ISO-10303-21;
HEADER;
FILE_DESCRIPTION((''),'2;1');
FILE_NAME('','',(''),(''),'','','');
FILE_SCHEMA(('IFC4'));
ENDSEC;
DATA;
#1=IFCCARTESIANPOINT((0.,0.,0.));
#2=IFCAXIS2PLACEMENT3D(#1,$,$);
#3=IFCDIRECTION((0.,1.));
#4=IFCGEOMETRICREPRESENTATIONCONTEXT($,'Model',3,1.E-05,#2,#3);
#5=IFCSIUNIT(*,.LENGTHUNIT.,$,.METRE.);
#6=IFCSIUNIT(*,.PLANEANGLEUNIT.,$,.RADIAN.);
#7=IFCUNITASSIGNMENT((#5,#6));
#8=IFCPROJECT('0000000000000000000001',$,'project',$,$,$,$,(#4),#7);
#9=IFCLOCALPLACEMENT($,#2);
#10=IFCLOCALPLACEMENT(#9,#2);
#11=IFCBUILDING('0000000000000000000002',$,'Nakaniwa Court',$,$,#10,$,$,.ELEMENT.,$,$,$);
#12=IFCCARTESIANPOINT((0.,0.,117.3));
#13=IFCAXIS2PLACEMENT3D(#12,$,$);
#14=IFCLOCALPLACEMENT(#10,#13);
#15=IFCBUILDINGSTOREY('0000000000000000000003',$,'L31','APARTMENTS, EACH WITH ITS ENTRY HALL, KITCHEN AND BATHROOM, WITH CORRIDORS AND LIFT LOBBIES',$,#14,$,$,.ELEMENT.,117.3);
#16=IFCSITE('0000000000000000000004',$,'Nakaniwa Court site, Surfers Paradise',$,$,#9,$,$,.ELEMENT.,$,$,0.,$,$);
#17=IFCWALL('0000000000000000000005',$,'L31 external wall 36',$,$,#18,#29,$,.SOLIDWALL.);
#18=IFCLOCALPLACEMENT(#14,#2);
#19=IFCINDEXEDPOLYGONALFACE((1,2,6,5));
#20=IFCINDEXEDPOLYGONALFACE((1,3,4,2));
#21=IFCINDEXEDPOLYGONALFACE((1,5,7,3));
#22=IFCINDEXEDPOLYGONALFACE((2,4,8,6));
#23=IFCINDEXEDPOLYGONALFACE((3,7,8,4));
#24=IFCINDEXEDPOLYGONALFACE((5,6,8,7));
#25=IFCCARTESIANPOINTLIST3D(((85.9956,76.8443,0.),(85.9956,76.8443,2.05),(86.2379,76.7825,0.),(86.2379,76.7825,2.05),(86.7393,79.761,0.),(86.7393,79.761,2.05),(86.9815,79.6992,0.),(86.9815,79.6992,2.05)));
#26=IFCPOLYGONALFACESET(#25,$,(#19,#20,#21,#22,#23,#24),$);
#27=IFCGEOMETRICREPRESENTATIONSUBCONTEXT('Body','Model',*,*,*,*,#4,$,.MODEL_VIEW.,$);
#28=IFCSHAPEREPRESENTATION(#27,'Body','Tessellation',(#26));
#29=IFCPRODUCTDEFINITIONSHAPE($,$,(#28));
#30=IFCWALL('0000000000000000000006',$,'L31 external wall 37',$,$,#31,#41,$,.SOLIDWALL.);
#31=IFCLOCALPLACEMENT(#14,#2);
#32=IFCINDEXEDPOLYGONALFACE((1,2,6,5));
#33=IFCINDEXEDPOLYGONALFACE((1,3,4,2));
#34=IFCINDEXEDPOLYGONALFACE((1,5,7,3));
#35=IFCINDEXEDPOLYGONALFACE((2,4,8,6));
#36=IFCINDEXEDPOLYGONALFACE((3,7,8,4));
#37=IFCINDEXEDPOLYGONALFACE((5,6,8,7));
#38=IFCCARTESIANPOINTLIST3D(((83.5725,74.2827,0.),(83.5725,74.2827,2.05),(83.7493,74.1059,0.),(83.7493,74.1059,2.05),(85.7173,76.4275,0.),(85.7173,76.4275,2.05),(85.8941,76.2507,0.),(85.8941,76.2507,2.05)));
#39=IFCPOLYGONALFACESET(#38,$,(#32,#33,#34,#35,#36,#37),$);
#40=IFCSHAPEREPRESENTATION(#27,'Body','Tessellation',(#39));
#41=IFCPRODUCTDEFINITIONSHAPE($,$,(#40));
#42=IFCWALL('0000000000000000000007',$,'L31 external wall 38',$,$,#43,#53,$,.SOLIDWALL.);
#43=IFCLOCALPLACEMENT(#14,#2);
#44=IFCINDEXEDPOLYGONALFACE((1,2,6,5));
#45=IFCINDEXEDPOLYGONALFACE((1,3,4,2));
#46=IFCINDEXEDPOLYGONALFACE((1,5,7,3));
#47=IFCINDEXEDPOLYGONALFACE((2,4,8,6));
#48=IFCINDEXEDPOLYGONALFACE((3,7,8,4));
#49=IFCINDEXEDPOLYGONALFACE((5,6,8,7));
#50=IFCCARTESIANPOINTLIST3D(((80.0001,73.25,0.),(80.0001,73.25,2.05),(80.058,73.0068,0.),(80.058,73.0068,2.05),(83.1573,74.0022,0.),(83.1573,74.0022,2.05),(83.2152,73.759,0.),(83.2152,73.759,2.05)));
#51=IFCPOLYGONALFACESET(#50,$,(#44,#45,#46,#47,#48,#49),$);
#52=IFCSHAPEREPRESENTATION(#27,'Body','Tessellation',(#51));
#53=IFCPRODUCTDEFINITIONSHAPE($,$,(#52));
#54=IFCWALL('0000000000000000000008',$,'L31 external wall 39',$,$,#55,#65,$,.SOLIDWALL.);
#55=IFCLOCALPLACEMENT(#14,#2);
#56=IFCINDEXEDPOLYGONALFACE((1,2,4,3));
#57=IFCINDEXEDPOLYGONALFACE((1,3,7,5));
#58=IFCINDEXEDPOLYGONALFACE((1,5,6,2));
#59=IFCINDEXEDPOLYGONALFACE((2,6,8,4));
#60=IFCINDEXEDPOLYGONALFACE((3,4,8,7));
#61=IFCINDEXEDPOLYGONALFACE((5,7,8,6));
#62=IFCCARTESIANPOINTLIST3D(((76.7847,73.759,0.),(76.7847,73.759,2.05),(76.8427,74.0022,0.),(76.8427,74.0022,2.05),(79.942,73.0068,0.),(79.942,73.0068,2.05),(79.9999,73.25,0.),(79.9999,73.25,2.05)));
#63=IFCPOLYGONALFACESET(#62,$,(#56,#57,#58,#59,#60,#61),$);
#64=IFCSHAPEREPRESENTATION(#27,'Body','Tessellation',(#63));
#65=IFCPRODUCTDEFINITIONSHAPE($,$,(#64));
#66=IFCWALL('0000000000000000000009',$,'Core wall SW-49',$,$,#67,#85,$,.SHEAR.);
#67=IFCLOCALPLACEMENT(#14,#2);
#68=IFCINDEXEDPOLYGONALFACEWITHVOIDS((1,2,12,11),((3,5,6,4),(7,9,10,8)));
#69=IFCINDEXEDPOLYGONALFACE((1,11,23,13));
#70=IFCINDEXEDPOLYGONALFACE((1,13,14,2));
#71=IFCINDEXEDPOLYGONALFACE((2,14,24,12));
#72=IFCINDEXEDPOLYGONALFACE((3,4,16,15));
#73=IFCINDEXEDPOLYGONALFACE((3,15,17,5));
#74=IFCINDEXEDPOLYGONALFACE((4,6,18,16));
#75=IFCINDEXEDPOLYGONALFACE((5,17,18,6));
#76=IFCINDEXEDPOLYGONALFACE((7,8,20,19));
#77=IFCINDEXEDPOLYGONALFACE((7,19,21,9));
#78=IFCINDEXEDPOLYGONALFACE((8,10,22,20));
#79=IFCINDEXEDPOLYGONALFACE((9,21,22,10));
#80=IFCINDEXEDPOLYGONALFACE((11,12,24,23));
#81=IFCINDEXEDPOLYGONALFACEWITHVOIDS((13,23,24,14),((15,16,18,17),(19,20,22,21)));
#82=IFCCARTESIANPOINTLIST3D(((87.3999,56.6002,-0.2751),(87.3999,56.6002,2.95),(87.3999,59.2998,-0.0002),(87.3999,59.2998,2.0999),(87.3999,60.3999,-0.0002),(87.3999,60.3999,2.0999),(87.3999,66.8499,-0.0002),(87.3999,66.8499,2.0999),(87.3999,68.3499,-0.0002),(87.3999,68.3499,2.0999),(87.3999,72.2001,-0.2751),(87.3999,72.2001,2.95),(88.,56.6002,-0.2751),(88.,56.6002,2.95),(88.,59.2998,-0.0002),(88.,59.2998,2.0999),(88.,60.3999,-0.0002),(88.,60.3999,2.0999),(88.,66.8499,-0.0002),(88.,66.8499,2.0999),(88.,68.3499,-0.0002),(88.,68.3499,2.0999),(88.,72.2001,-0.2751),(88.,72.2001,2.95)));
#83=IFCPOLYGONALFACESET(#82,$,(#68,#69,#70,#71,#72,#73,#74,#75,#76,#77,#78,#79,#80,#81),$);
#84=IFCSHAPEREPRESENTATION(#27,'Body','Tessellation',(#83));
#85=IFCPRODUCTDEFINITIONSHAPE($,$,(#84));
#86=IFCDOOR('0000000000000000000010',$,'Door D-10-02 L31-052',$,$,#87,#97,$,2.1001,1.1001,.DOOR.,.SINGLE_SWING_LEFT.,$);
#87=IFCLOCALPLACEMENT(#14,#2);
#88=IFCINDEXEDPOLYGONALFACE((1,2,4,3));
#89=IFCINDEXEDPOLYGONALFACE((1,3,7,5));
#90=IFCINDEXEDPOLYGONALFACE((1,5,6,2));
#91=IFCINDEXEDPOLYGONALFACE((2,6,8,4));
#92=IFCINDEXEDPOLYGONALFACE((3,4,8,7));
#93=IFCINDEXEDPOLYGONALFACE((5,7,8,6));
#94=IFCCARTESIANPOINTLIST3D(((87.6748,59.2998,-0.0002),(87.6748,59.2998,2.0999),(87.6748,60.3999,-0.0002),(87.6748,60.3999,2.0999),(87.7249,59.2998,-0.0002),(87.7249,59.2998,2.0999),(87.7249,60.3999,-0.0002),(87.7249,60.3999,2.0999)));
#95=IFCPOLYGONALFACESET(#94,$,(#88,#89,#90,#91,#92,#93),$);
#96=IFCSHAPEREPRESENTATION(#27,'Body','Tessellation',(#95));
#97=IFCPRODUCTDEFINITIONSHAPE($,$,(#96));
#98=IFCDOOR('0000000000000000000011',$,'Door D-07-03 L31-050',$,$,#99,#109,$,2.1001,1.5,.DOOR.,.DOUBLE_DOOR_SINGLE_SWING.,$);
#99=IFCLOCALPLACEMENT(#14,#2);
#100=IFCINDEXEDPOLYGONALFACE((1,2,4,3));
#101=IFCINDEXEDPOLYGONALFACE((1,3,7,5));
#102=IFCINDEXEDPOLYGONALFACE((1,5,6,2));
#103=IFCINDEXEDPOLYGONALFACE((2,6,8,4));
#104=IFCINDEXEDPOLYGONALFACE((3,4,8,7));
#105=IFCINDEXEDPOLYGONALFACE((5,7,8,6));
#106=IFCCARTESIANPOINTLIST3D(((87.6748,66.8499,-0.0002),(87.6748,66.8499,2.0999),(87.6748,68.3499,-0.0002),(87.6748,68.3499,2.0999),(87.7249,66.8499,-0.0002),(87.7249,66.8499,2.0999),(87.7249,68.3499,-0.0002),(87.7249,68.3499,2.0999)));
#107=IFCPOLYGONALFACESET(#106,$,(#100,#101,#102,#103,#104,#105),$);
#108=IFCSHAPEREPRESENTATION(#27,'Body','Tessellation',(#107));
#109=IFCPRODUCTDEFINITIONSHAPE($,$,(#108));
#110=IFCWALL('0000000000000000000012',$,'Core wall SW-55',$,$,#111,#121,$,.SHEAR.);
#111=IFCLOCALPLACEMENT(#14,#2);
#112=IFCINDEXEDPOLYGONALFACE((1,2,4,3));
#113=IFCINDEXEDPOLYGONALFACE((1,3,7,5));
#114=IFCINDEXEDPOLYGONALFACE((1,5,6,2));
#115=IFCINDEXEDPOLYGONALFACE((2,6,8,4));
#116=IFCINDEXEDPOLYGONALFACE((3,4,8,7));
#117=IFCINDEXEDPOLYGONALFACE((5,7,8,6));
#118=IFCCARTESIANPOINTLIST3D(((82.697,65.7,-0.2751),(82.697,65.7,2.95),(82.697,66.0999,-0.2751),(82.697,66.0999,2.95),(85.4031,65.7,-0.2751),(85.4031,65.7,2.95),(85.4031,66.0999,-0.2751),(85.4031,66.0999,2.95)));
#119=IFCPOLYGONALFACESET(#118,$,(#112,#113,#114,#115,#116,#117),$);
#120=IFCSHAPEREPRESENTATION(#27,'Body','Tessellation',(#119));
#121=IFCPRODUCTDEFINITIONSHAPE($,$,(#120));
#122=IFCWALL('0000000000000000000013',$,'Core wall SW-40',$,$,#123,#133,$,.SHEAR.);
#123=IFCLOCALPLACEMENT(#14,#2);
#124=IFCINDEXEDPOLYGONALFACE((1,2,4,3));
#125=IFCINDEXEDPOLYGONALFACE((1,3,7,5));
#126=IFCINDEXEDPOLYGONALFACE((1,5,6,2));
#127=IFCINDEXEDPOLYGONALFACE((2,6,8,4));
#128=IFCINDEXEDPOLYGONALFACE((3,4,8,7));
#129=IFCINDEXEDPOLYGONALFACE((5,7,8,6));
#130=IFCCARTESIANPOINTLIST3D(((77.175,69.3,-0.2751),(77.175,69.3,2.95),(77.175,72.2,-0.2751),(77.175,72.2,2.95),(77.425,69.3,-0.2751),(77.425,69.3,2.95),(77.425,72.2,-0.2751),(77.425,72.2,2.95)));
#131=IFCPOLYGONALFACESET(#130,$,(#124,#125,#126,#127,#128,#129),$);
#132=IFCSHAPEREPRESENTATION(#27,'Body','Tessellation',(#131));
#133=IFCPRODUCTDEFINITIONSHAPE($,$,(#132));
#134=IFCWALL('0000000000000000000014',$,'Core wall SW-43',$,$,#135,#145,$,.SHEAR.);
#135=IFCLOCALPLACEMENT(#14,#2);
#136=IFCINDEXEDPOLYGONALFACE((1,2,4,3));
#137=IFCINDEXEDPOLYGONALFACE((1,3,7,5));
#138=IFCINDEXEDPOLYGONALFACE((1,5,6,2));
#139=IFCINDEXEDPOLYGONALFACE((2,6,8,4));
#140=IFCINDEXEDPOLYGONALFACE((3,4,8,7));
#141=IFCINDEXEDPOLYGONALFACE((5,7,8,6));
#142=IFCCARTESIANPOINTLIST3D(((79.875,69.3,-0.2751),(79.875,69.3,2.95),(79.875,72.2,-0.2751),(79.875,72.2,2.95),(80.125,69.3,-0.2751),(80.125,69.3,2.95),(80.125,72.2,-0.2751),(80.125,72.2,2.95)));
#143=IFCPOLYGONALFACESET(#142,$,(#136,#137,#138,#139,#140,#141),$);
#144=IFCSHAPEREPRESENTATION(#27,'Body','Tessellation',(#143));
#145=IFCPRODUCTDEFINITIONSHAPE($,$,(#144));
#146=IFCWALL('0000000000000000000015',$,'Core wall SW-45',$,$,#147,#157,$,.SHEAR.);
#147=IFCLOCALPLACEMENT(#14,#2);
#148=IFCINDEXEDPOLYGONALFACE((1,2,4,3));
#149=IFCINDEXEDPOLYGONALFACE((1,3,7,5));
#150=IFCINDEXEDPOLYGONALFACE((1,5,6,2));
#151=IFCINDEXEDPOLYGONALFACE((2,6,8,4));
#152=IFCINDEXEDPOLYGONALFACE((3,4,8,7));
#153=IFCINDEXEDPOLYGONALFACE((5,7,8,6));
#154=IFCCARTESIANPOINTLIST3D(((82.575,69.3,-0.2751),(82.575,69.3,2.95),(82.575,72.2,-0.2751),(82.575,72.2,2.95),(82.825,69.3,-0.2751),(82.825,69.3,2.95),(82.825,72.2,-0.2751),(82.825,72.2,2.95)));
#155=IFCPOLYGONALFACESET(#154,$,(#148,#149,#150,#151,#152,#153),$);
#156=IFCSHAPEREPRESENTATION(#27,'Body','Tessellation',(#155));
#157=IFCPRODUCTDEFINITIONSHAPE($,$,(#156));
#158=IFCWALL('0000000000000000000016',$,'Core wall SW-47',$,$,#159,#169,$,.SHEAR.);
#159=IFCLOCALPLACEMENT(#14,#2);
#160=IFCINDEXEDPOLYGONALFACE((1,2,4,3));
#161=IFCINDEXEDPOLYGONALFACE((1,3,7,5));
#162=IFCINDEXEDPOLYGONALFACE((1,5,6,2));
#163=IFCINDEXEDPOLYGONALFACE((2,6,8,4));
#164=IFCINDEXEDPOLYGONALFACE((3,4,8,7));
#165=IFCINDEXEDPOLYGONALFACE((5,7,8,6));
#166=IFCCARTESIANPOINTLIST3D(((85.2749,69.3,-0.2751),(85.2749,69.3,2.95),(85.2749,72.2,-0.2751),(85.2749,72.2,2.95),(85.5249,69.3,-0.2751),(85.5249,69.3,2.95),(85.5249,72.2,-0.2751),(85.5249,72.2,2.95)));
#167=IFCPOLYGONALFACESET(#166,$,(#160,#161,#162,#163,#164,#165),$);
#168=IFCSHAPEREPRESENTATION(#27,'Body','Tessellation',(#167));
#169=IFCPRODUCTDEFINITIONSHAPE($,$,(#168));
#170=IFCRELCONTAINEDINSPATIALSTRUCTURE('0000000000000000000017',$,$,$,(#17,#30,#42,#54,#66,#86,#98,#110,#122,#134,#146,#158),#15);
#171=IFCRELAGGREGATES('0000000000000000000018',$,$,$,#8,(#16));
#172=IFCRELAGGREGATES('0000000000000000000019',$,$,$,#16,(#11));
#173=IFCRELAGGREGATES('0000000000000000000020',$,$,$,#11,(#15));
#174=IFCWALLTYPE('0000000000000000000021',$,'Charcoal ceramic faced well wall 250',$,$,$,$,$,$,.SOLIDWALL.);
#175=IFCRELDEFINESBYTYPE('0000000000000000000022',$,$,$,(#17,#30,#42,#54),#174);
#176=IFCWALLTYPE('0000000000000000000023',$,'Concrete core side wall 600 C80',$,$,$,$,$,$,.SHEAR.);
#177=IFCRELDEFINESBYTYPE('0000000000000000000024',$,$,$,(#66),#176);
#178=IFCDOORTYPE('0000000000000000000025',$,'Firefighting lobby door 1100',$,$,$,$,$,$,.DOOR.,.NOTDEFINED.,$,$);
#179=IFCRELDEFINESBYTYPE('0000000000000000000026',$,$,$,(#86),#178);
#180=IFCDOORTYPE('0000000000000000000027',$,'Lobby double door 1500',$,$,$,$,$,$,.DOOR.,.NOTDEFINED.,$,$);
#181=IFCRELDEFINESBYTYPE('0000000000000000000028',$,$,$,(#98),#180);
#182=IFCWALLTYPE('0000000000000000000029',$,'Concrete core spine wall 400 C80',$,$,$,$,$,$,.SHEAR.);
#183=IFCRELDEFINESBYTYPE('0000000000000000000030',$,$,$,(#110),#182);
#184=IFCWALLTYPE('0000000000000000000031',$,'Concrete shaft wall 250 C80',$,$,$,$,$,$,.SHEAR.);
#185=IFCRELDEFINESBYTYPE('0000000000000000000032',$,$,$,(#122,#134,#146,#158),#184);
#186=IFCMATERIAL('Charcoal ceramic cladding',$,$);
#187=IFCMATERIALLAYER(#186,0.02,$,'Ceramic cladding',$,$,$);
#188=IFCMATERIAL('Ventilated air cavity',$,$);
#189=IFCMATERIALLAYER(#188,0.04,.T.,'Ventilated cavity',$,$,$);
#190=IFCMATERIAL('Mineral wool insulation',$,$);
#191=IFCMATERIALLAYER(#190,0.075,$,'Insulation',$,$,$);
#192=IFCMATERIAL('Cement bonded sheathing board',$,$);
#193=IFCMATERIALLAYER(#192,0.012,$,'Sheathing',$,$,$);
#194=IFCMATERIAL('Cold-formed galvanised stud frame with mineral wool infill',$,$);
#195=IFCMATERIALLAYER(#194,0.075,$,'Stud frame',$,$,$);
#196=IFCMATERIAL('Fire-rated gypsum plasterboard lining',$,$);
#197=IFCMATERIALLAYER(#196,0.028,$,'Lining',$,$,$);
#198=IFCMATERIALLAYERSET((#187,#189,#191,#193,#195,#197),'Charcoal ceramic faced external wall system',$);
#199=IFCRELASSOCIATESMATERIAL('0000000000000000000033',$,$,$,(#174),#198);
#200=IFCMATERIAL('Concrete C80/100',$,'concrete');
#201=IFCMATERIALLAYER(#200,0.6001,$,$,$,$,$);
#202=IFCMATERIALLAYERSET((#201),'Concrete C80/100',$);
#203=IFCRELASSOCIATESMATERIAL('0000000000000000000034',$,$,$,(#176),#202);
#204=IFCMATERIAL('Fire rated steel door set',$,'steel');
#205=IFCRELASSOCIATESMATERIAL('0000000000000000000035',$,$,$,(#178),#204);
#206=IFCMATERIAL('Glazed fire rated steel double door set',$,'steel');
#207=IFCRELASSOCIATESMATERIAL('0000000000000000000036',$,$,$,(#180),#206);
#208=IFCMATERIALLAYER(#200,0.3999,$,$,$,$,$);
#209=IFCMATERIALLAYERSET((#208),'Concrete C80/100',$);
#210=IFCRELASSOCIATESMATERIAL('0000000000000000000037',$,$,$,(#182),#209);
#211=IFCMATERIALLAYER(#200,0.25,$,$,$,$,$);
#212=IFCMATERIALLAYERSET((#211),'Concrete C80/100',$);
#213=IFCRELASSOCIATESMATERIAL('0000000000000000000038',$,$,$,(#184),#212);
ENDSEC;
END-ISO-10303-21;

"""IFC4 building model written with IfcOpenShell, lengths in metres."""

from ifc_helpers import new_model, si_unit, direction, frame, frame_2d, origin, place, context, subcontext, project, spatial, rectangle, extrude, material, layer, layer_set, type_object, element, fill, save


model = new_model("IFC4")

# Units and contexts
model_context = context("Model", 3, precision=1e-05, world=origin(), true_north=direction((0.0, 1.0)))
body_context = subcontext(model_context, "Body", "Model", "MODEL_VIEW")
ifc_project = project(units=[si_unit("LENGTHUNIT", "METRE"), si_unit("PLANEANGLEUNIT", "RADIAN")], contexts=[model_context])

# Site, building, storey
site_placement = place(None, origin())
site = spatial("IfcSite", under=ifc_project, at=site_placement, Name="Nakaniwa Court site, Surfers Paradise", CompositionType="ELEMENT", RefElevation=0.0)
building_placement = place(site_placement, origin())
building = spatial("IfcBuilding", under=site, at=building_placement, Name="Nakaniwa Court", CompositionType="ELEMENT")
storey_placement = place(building_placement, frame((0.0, 0.0, 117.3)))
storey = spatial("IfcBuildingStorey", under=building, at=storey_placement, Name="L31", Description="APARTMENTS, EACH WITH ITS ENTRY HALL, KITCHEN AND BATHROOM, WITH CORRIDORS AND LIFT LOBBIES", CompositionType="ELEMENT", Elevation=117.3)

# Shared definitions
ifc_material_1 = material(Name="Concrete C80/100", Category="concrete")

# Shared definitions
ifc_material_2 = material(Name="Fire rated steel door set", Category="steel")

# Walls
ifc_material_3 = material(Name="Charcoal ceramic cladding")
ifc_layer_1 = layer(ifc_material_3, 0.02, Name="Ceramic cladding")
ifc_material_4 = material(Name="Ventilated air cavity")
ifc_layer_2 = layer(ifc_material_4, 0.04, ventilated=True, Name="Ventilated cavity")
ifc_material_5 = material(Name="Mineral wool insulation")
ifc_layer_3 = layer(ifc_material_5, 0.075, Name="Insulation")
ifc_material_6 = material(Name="Cement bonded sheathing board")
ifc_layer_4 = layer(ifc_material_6, 0.012, Name="Sheathing")
ifc_material_7 = material(Name="Cold-formed galvanised stud frame with mineral wool infill")
ifc_layer_5 = layer(ifc_material_7, 0.075, Name="Stud frame")
ifc_material_8 = material(Name="Fire-rated gypsum plasterboard lining")
ifc_layer_6 = layer(ifc_material_8, 0.028, Name="Lining")
ifc_layer_set_1 = layer_set([ifc_layer_1, ifc_layer_2, ifc_layer_3, ifc_layer_4, ifc_layer_5, ifc_layer_6], Name="Charcoal ceramic faced external wall system")
wall_type_1 = type_object("IfcWallType", Name="Charcoal ceramic faced well wall 250", PredefinedType="SOLIDWALL", material=ifc_layer_set_1)
wall_1_placement = place(storey_placement, frame((86.8604, 79.73, 0.0), z_axis=(0.0, 0.0, 1.0), x_axis=(-0.247056, -0.969001, 0.0)))
element("IfcWall", 1, at=wall_1_placement, inside=storey, type_object=wall_type_1, Name="L31 external wall 36", PredefinedType="SOLIDWALL", context=body_context, shape_type="SweptSolid", body=[
    extrude(rectangle(XDim=3.01, YDim=0.25, at=frame_2d((1.5049, 0.0))), origin(), (0.0, 0.0, 1.0), 2.05),
])
wall_2_placement = place(storey_placement, frame((85.8057, 76.3391, 0.0), z_axis=(0.0, 0.0, 1.0), x_axis=(-0.707107, -0.707107, 0.0)))
element("IfcWall", 2, at=wall_2_placement, inside=storey, type_object=wall_type_1, Name="L31 external wall 37", PredefinedType="SOLIDWALL", context=body_context, shape_type="SweptSolid", body=[
    extrude(rectangle(XDim=3.0332, YDim=0.25, at=frame_2d((1.5166, 0.0))), origin(), (0.0, 0.0, 1.0), 2.05),
])
for number, where, z_axis, x_axis, name in (
    (3, (83.1863, 73.8806, 0.0), (0.0, 0.0, 1.0), (-0.972773, -0.23176, 0.0), "L31 external wall 38"),
    (4, (79.9709, 73.1284, 0.0), (0.0, 0.0, 1.0), (-0.972773, 0.23176, 0.0), "L31 external wall 39"),
):
    element("IfcWall", number, at=place(storey_placement, frame(where, z_axis=z_axis, x_axis=x_axis)), inside=storey, type_object=wall_type_1, Name=name, PredefinedType="SOLIDWALL", context=body_context, shape_type="SweptSolid", body=[
        extrude(rectangle(XDim=3.2456, YDim=0.25, at=frame_2d((1.6228, 0.0))), origin(), (0.0, 0.0, 1.0), 2.05),
    ])

# Wall, openings, doors
ifc_layer_7 = layer(ifc_material_1, 0.6001)
ifc_layer_set_2 = layer_set([ifc_layer_7], Name="Concrete C80/100")
wall_type_2 = type_object("IfcWallType", Name="Concrete core side wall 600 C80", PredefinedType="SHEAR", material=ifc_layer_set_2)
wall_3_placement = place(storey_placement, frame((87.7, 72.2, -0.2751), z_axis=(0.0, 0.0, 1.0), x_axis=(0.0, -1.0, 0.0)))
wall_3 = element("IfcWall", 5, at=wall_3_placement, inside=storey, type_object=wall_type_2, Name="Core wall SW-49", PredefinedType="SHEAR", context=body_context, shape_type="SweptSolid", body=[
    extrude(rectangle(XDim=15.5999, YDim=0.6001, at=frame_2d((7.7998, 0.0))), origin(), (0.0, 0.0, 1.0), 3.2251),
])
opening_1_placement = place(wall_3_placement, frame((3.8501, 0.0, 0.2749)))
opening_1 = element("IfcOpeningElement", 6, at=opening_1_placement, cuts=wall_3, PredefinedType="OPENING", context=body_context, shape_type="SweptSolid", body=[
    extrude(rectangle(XDim=1.5, YDim=2.1001, at=frame_2d((0.75, 1.05))), frame((0.0, 0.3101, 0.0), z_axis=(0.0, -1.0, 0.0), x_axis=(1.0, 0.0, 0.0)), (0.0, 0.0, 1.0), 0.6201),
])
opening_2_placement = place(wall_3_placement, frame((11.8, 0.0, 0.2749)))
opening_2 = element("IfcOpeningElement", 7, at=opening_2_placement, cuts=wall_3, PredefinedType="OPENING", context=body_context, shape_type="SweptSolid", body=[
    extrude(rectangle(XDim=1.1001, YDim=2.1001, at=frame_2d((0.55, 1.05))), frame((0.0, 0.3101, 0.0), z_axis=(0.0, -1.0, 0.0), x_axis=(1.0, 0.0, 0.0)), (0.0, 0.0, 1.0), 0.6201),
])
door_type_1 = type_object("IfcDoorType", Name="Firefighting lobby door 1100", OperationType="NOTDEFINED", PredefinedType="DOOR", material=ifc_material_2)
door_1_placement = place(opening_2_placement, origin())
door_1 = element("IfcDoor", 8, at=door_1_placement, inside=storey, type_object=door_type_1, Name="Door D-10-02 L31-052", OperationType="SINGLE_SWING_LEFT", OverallHeight=2.1001, OverallWidth=1.1001, PredefinedType="DOOR", context=body_context, shape_type="SweptSolid", body=[
    extrude(rectangle(XDim=1.1001, YDim=2.1001, at=frame_2d((0.55, 1.05))), frame((0.0, 0.0249, 0.0), z_axis=(0.0, -1.0, 0.0), x_axis=(1.0, 0.0, 0.0)), (0.0, 0.0, 1.0), 0.05),
])
fill(opening_2, door_1)
ifc_material_9 = material(Name="Glazed fire rated steel double door set", Category="steel")
door_type_2 = type_object("IfcDoorType", Name="Lobby double door 1500", OperationType="NOTDEFINED", PredefinedType="DOOR", material=ifc_material_9)
door_2_placement = place(opening_1_placement, origin())
door_2 = element("IfcDoor", 9, at=door_2_placement, inside=storey, type_object=door_type_2, Name="Door D-07-03 L31-050", OperationType="DOUBLE_DOOR_SINGLE_SWING", OverallHeight=2.1001, OverallWidth=1.5, PredefinedType="DOOR", context=body_context, shape_type="SweptSolid", body=[
    extrude(rectangle(XDim=1.5, YDim=2.1001, at=frame_2d((0.75, 1.05))), frame((0.0, 0.0249, 0.0), z_axis=(0.0, -1.0, 0.0), x_axis=(1.0, 0.0, 0.0)), (0.0, 0.0, 1.0), 0.05),
])
fill(opening_1, door_2)

# Walls
ifc_layer_8 = layer(ifc_material_1, 0.3999)
ifc_layer_set_3 = layer_set([ifc_layer_8], Name="Concrete C80/100")
wall_type_3 = type_object("IfcWallType", Name="Concrete core spine wall 400 C80", PredefinedType="SHEAR", material=ifc_layer_set_3)
wall_4_placement = place(storey_placement, frame((82.697, 65.8999, -0.2751), z_axis=(0.0, 0.0, 1.0), x_axis=(1.0, 0.0, 0.0)))
element("IfcWall", 10, at=wall_4_placement, inside=storey, type_object=wall_type_3, Name="Core wall SW-55", PredefinedType="SHEAR", context=body_context, shape_type="SweptSolid", body=[
    extrude(rectangle(XDim=2.7061, YDim=0.3999, at=frame_2d((1.353, 0.0))), origin(), (0.0, 0.0, 1.0), 3.2251),
])
ifc_layer_9 = layer(ifc_material_1, 0.25)
ifc_layer_set_4 = layer_set([ifc_layer_9], Name="Concrete C80/100")
wall_type_4 = type_object("IfcWallType", Name="Concrete shaft wall 250 C80", PredefinedType="SHEAR", material=ifc_layer_set_4)
for number, where, z_axis, x_axis, name in (
    (11, (77.3, 69.3, -0.2751), (0.0, 0.0, 1.0), (0.0, 1.0, 0.0), "Core wall SW-40"),
    (12, (80.0, 69.3, -0.2751), (0.0, 0.0, 1.0), (0.0, 1.0, 0.0), "Core wall SW-43"),
    (13, (82.7, 69.3, -0.2751), (0.0, 0.0, 1.0), (0.0, 1.0, 0.0), "Core wall SW-45"),
    (14, (85.3999, 69.3, -0.2751), (0.0, 0.0, 1.0), (0.0, 1.0, 0.0), "Core wall SW-47"),
):
    element("IfcWall", number, at=place(storey_placement, frame(where, z_axis=z_axis, x_axis=x_axis)), inside=storey, type_object=wall_type_4, Name=name, PredefinedType="SHEAR", context=body_context, shape_type="SweptSolid", body=[
        extrude(rectangle(XDim=2.8999, YDim=0.25, at=frame_2d((1.45, 0.0))), origin(), (0.0, 0.0, 1.0), 3.2251),
    ])

save(model, "model.ifc")
